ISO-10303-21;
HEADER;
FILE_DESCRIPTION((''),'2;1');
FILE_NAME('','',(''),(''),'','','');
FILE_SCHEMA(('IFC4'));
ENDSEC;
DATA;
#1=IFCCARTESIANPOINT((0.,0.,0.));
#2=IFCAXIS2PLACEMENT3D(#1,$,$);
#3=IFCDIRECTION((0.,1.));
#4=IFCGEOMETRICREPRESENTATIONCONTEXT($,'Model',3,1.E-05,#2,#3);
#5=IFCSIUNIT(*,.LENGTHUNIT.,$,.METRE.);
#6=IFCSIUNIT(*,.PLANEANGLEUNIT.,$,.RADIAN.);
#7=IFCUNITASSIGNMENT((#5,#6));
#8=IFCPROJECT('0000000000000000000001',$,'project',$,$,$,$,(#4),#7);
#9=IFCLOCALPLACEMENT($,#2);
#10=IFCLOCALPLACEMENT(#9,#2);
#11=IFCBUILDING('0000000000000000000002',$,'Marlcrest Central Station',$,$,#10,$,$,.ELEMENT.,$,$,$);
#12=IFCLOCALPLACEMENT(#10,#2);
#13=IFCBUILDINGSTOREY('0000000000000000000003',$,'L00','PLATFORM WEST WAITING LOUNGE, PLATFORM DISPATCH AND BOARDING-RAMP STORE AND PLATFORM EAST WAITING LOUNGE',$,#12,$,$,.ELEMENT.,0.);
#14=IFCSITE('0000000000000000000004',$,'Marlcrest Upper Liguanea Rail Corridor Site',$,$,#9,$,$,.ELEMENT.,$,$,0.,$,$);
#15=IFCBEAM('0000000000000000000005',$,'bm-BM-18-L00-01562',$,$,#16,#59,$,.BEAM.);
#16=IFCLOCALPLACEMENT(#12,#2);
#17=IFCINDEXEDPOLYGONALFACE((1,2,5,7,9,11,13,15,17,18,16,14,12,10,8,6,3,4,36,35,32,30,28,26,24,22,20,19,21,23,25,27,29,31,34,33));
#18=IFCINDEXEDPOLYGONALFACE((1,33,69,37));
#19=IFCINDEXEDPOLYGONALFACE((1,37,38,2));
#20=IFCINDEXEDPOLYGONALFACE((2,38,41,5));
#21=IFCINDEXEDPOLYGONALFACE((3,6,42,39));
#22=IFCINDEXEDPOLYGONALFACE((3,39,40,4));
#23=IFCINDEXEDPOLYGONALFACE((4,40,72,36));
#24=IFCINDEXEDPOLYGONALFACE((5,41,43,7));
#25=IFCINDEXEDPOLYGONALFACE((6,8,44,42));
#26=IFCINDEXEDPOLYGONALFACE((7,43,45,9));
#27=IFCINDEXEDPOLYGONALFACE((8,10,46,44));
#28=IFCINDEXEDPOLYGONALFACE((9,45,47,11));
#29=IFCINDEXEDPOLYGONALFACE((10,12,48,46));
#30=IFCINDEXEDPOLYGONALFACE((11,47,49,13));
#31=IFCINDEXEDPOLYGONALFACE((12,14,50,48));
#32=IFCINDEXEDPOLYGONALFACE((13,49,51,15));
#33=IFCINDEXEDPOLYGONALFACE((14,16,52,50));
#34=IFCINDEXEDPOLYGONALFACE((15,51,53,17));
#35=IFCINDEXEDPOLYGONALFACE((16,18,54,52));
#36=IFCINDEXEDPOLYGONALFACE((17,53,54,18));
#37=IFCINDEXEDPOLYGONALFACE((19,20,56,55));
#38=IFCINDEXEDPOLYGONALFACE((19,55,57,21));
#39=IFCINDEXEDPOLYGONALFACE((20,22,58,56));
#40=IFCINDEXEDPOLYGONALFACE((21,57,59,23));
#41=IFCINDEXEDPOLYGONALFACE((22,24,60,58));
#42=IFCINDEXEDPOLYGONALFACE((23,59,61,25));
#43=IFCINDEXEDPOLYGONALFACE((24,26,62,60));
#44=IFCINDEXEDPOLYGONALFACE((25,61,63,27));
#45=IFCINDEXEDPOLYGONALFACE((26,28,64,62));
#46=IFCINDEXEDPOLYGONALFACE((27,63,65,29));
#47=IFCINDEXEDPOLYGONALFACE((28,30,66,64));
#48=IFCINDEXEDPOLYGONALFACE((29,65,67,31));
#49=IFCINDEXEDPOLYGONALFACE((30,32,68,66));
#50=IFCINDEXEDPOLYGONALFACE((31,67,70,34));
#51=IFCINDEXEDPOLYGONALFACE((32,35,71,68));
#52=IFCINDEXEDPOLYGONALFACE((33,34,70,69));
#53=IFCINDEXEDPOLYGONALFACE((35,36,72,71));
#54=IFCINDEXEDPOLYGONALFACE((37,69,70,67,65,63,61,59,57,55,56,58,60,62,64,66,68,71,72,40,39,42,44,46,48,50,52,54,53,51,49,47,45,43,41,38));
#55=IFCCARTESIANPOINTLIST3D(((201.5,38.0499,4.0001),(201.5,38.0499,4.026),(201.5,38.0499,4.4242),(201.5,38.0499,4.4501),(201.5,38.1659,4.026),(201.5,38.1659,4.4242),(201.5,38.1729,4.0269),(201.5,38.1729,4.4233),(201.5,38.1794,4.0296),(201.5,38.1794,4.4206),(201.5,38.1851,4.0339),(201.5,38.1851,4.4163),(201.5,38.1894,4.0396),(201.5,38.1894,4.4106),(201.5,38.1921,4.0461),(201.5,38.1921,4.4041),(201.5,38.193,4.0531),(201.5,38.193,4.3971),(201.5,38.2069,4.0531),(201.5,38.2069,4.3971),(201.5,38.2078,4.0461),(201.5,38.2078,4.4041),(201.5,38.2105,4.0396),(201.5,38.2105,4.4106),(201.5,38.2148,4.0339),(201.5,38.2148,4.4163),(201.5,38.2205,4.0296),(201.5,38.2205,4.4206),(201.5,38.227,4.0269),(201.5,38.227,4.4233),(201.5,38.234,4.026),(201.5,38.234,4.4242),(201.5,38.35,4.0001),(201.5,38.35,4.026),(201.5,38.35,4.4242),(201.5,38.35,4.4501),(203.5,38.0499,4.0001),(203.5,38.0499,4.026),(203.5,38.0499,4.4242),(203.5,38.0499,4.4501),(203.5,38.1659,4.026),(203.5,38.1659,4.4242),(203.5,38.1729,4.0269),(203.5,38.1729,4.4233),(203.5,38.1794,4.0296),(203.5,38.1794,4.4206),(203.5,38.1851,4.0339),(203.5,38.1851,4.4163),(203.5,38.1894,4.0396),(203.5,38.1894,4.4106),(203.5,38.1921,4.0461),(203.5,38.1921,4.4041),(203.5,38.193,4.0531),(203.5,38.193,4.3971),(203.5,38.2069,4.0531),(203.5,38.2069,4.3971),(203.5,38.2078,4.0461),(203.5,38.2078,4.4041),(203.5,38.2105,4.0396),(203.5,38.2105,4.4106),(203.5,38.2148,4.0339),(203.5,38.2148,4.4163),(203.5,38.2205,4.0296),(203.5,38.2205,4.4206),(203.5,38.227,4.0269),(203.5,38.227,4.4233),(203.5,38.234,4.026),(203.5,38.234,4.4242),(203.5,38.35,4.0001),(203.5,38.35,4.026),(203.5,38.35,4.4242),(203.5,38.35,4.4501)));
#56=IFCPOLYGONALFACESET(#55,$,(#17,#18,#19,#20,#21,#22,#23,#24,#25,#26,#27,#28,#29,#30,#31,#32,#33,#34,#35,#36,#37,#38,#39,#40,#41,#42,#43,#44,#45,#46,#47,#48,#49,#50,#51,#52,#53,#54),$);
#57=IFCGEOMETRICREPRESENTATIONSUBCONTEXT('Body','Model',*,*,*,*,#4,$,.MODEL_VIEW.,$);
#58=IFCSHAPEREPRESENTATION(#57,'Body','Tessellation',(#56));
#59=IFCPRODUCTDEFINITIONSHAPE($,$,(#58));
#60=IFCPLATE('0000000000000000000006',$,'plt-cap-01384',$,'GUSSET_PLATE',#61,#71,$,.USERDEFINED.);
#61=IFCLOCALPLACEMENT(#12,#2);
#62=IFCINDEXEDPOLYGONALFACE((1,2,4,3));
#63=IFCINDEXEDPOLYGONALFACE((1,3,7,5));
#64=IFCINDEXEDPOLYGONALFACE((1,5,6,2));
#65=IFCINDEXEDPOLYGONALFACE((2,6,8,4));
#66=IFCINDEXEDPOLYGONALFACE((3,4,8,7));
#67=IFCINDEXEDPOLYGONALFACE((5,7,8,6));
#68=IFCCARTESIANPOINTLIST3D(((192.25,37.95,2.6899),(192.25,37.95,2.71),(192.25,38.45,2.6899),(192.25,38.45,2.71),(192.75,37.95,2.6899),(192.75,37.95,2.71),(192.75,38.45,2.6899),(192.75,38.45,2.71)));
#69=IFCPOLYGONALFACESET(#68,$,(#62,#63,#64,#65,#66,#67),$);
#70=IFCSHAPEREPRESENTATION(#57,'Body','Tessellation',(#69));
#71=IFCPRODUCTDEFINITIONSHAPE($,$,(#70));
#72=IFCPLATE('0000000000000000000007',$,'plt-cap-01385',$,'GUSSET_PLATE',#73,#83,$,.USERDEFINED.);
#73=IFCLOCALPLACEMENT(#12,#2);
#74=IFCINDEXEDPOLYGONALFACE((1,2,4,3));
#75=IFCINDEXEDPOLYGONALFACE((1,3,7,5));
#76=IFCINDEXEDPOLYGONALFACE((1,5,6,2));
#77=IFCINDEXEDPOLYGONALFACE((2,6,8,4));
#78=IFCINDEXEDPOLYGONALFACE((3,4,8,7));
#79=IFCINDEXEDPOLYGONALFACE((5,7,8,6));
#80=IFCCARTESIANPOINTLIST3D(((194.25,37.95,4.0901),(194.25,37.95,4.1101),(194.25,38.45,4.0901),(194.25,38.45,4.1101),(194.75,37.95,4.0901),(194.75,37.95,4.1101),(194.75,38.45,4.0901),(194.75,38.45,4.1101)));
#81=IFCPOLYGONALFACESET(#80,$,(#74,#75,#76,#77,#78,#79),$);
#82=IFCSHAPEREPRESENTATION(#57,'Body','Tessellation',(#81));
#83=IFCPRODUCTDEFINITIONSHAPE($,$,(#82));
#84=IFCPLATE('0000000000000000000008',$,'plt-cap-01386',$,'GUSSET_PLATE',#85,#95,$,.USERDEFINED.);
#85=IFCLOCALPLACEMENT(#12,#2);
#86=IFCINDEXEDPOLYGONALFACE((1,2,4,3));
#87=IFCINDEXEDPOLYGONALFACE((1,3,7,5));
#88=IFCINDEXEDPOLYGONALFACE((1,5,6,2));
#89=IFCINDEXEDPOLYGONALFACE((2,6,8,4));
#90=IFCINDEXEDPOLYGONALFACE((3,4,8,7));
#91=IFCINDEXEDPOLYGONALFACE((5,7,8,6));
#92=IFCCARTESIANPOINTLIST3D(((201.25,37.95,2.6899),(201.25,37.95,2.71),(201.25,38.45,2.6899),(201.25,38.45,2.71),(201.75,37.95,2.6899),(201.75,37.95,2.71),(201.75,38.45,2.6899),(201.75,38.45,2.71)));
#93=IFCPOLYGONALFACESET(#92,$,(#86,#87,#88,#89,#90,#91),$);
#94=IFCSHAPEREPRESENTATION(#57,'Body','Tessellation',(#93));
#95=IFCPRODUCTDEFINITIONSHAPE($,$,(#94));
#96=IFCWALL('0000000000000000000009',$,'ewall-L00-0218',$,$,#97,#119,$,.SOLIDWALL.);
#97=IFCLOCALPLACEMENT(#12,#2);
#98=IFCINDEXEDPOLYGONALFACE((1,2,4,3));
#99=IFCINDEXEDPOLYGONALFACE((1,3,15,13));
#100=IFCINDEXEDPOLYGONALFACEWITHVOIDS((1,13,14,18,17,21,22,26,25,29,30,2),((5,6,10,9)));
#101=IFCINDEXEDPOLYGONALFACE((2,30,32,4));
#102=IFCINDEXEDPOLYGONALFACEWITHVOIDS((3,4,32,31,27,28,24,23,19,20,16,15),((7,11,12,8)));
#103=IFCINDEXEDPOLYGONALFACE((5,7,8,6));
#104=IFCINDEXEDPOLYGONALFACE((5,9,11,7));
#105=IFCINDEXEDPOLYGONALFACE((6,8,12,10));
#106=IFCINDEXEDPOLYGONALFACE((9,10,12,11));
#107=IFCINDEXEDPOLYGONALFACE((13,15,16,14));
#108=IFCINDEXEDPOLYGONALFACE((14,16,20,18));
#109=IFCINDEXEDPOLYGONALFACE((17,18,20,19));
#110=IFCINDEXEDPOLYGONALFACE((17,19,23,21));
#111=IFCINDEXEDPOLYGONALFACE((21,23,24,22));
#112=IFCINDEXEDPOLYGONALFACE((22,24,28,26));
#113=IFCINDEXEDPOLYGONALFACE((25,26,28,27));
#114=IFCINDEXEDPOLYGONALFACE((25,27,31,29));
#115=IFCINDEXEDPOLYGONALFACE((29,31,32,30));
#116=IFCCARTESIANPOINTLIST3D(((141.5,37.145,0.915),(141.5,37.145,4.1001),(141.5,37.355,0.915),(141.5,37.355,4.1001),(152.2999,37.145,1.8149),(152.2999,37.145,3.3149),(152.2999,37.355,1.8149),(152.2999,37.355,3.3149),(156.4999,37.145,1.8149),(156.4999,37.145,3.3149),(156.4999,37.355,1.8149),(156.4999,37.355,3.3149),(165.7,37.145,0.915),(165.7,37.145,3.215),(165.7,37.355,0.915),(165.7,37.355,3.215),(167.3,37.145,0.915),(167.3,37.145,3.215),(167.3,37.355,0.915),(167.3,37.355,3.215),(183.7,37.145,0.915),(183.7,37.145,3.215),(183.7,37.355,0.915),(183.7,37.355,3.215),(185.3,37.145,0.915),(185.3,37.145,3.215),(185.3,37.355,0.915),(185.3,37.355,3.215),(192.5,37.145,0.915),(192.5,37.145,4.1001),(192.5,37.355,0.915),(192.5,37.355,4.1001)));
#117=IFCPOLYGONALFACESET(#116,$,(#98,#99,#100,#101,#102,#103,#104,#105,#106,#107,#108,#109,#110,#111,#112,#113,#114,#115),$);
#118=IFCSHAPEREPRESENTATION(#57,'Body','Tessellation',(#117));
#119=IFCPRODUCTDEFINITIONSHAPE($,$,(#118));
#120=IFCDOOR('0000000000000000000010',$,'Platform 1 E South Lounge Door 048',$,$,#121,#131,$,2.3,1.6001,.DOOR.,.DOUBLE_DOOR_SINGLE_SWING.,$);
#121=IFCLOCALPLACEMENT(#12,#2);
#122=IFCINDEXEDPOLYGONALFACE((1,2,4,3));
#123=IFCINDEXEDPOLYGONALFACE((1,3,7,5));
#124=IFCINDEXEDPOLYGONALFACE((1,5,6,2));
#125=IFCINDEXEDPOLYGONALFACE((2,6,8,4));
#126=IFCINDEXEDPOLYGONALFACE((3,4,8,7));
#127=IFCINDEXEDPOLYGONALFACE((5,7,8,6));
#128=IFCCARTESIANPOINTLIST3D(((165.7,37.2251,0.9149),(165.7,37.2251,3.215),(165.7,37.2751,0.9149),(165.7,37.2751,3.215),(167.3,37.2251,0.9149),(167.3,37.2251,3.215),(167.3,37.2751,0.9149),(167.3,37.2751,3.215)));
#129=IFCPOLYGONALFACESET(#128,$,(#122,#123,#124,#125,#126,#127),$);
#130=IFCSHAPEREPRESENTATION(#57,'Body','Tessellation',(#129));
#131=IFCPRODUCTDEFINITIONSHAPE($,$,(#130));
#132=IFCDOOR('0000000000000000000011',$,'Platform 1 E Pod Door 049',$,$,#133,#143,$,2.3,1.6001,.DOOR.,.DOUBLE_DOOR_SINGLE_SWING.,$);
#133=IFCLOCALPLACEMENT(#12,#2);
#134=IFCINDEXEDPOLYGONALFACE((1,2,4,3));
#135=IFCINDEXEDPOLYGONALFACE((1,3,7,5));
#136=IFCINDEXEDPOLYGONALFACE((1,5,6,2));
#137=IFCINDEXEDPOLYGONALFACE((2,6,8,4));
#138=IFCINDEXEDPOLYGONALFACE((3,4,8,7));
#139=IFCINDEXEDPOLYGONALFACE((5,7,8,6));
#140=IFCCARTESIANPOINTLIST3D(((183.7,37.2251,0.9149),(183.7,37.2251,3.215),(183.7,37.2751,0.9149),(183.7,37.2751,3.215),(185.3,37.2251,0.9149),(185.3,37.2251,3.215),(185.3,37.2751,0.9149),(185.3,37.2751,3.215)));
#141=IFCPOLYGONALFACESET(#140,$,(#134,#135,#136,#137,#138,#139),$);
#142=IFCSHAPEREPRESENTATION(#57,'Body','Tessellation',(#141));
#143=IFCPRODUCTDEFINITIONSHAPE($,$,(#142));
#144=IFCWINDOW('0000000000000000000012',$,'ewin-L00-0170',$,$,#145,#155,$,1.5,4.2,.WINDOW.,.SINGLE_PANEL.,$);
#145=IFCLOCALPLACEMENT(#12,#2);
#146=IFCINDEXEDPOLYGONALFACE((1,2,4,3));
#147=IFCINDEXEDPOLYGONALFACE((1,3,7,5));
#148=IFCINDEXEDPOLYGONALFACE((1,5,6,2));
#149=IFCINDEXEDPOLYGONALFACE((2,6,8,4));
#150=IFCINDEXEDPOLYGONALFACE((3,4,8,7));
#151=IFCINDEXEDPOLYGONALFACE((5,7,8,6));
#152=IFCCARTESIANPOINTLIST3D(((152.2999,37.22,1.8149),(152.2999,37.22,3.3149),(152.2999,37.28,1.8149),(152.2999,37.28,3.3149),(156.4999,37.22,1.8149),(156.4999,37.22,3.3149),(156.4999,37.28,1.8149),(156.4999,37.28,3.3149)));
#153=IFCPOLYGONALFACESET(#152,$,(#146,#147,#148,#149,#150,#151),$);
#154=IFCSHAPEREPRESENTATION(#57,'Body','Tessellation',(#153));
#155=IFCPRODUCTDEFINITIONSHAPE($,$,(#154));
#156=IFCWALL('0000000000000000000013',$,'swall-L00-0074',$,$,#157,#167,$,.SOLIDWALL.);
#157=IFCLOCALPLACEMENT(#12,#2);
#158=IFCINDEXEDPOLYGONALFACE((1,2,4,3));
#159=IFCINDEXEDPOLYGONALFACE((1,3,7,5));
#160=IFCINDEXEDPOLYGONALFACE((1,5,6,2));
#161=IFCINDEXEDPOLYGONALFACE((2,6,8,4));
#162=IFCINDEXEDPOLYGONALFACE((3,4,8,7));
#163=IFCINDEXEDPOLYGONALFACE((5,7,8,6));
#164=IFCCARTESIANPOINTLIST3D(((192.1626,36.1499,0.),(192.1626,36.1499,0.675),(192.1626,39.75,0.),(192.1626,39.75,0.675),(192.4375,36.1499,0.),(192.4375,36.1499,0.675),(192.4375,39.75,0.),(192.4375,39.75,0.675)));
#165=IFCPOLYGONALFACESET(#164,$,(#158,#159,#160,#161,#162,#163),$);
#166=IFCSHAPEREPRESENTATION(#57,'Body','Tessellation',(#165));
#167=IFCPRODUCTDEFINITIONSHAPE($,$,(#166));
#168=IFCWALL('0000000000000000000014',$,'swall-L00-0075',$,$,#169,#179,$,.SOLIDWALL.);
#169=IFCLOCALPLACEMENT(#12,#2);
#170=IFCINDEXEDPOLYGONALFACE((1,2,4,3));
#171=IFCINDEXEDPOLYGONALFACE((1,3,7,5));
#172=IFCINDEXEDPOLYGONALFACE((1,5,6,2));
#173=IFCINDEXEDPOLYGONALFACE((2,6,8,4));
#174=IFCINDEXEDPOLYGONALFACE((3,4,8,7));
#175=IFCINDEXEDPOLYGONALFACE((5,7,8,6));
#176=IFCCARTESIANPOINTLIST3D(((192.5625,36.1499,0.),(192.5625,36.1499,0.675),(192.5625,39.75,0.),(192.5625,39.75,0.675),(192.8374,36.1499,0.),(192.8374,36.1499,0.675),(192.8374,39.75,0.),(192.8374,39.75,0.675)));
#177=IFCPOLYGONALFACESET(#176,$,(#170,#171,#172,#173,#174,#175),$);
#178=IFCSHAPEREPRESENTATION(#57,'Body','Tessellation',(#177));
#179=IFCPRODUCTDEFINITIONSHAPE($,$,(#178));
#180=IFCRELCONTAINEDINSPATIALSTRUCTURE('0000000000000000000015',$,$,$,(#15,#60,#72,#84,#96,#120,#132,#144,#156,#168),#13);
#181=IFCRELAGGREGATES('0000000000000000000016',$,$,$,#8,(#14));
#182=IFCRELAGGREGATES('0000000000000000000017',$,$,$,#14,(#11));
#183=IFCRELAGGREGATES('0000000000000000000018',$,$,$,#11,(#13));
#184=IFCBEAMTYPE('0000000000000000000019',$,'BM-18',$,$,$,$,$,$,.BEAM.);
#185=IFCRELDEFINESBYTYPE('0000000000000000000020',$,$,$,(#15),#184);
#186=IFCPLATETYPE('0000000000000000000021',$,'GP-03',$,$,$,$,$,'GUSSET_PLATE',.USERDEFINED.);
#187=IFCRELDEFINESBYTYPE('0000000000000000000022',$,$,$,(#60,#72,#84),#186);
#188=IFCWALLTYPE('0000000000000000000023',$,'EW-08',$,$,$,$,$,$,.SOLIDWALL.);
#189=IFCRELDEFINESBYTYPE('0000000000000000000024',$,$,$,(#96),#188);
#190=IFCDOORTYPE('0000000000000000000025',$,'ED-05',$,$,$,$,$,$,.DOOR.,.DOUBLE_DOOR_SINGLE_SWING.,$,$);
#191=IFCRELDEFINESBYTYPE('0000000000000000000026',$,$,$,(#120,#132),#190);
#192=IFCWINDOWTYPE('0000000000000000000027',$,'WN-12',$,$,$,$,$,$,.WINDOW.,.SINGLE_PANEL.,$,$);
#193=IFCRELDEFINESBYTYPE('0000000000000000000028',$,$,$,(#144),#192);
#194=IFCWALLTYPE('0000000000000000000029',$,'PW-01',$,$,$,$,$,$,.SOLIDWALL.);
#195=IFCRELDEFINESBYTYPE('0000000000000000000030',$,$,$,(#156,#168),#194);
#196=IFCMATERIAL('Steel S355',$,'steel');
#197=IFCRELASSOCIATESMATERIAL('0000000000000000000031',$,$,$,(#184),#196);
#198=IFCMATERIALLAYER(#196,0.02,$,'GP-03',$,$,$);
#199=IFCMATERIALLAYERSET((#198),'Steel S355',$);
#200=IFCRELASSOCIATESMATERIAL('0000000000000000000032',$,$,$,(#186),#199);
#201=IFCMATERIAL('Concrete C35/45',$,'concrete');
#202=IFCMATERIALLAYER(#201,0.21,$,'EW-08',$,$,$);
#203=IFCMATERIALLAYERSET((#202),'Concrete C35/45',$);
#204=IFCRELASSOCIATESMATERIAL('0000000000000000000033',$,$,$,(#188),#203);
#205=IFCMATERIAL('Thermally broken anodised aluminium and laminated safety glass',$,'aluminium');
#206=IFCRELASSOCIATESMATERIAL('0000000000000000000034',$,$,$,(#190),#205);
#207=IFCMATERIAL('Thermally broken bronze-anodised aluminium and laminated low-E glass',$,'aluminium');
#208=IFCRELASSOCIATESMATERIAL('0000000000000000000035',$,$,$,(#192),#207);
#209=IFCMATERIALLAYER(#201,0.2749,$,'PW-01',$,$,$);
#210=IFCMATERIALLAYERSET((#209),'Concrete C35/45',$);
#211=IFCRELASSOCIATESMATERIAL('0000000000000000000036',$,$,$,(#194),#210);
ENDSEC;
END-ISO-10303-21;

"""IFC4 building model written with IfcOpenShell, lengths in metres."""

from ifc_helpers import new_model, si_unit, direction, frame, frame_2d, origin, origin_2d, place, context, subcontext, project, spatial, rectangle, i_section, extrude, material, layer, layer_set, material_profile, profile_set, type_object, element, fill, save


model = new_model("IFC4")

# Units and contexts
model_context = context("Model", 3, precision=1e-05, world=origin(), true_north=direction((0.0, 1.0)))
body_context = subcontext(model_context, "Body", "Model", "MODEL_VIEW")
ifc_project = project(units=[si_unit("LENGTHUNIT", "METRE"), si_unit("PLANEANGLEUNIT", "RADIAN")], contexts=[model_context])

# Site, building, storey
site_placement = place(None, origin())
site = spatial("IfcSite", under=ifc_project, at=site_placement, Name="Marlcrest Upper Liguanea Rail Corridor Site", CompositionType="ELEMENT", RefElevation=0.0)
building_placement = place(site_placement, origin())
building = spatial("IfcBuilding", under=site, at=building_placement, Name="Marlcrest Central Station", CompositionType="ELEMENT")
storey_placement = place(building_placement, origin())
storey = spatial("IfcBuildingStorey", under=building, at=storey_placement, Name="L00", Description="PLATFORM WEST WAITING LOUNGE, PLATFORM DISPATCH AND BOARDING-RAMP STORE AND PLATFORM EAST WAITING LOUNGE", CompositionType="ELEMENT", Elevation=0.0)

# Shared definitions
ifc_material_1 = material(Name="Concrete C35/45", Category="concrete")

# Shared definitions
ifc_material_2 = material(Name="Steel S355", Category="steel")

# Beam
ifc_material_profile_1 = material_profile(ifc_material_2, i_section(OverallWidth=0.3, OverallDepth=0.45, WebThickness=0.0139, FlangeThickness=0.0259, FilletRadius=0.0271, at=origin_2d()), Name="HEB 450")
ifc_profile_set_1 = profile_set([ifc_material_profile_1], Name="Steel S355")
beam_type_1 = type_object("IfcBeamType", Name="BM-18", PredefinedType="BEAM", material=ifc_profile_set_1)
beam_1_placement = place(storey_placement, frame((201.5, 38.2, 4.2251), z_axis=(1.0, 0.0, 0.0), x_axis=(0.0, 1.0, 0.0)))
element("IfcBeam", 1, at=beam_1_placement, inside=storey, type_object=beam_type_1, Name="bm-BM-18-L00-01562", PredefinedType="BEAM", context=body_context, shape_type="SweptSolid", body=[
    extrude(i_section(OverallWidth=0.3, OverallDepth=0.45, WebThickness=0.0139, FlangeThickness=0.0259, FilletRadius=0.0271, at=origin_2d()), origin(), (0.0, 0.0, 1.0), 2.0),
])

# Plates
ifc_layer_1 = layer(ifc_material_2, 0.02, Name="GP-03")
ifc_layer_set_1 = layer_set([ifc_layer_1], Name="Steel S355")
plate_type = type_object("IfcPlateType", Name="GP-03", ElementType="GUSSET_PLATE", PredefinedType="USERDEFINED", material=ifc_layer_set_1)
for number, where, z_axis, x_axis, name in (
    (2, (192.5, 38.2, 2.6899), (0.0, 0.0, 1.0), (1.0, 0.0, 0.0), "plt-cap-01384"),
    (3, (194.5, 38.2, 4.0901), (0.0, 0.0, 1.0), (1.0, 0.0, 0.0), "plt-cap-01385"),
    (4, (201.5, 38.2, 2.6899), (0.0, 0.0, 1.0), (1.0, 0.0, 0.0), "plt-cap-01386"),
):
    element("IfcPlate", number, at=place(storey_placement, frame(where, z_axis=z_axis, x_axis=x_axis)), inside=storey, type_object=plate_type, Name=name, ObjectType="GUSSET_PLATE", PredefinedType="USERDEFINED", context=body_context, shape_type="SweptSolid", body=[
        extrude(rectangle(XDim=0.5, YDim=0.5, at=origin_2d()), origin(), (0.0, 0.0, 1.0), 0.02),
    ])

# Wall, openings, doors, window
ifc_layer_2 = layer(ifc_material_1, 0.21, Name="EW-08")
ifc_layer_set_2 = layer_set([ifc_layer_2], Name="Concrete C35/45")
wall_type_1 = type_object("IfcWallType", Name="EW-08", PredefinedType="SOLIDWALL", material=ifc_layer_set_2)
wall_placement = place(storey_placement, frame((192.5, 37.25, 0.915), z_axis=(0.0, 0.0, 1.0), x_axis=(-1.0, 0.0, 0.0)))
wall = element("IfcWall", 5, at=wall_placement, inside=storey, type_object=wall_type_1, Name="ewall-L00-0218", PredefinedType="SOLIDWALL", context=body_context, shape_type="SweptSolid", body=[
    extrude(rectangle(XDim=51.0, YDim=0.21, at=frame_2d((25.5, 0.0))), origin(), (0.0, 0.0, 1.0), 3.1851),
])
opening_1_placement = place(wall_placement, frame((25.2, 0.0, 0.0)))
opening_1 = element("IfcOpeningElement", 6, at=opening_1_placement, cuts=wall, PredefinedType="OPENING", context=body_context, shape_type="SweptSolid", body=[
    extrude(rectangle(XDim=1.6001, YDim=2.3, at=frame_2d((0.8, 1.1499))), frame((0.0, 0.115, 0.0), z_axis=(0.0, -1.0, 0.0), x_axis=(1.0, 0.0, 0.0)), (0.0, 0.0, 1.0), 0.23),
])
opening_2_placement = place(wall_placement, frame((7.2, 0.0, 0.0)))
opening_2 = element("IfcOpeningElement", 7, at=opening_2_placement, cuts=wall, PredefinedType="OPENING", context=body_context, shape_type="SweptSolid", body=[
    extrude(rectangle(XDim=1.6001, YDim=2.3, at=frame_2d((0.8, 1.1499))), frame((0.0, 0.115, 0.0), z_axis=(0.0, -1.0, 0.0), x_axis=(1.0, 0.0, 0.0)), (0.0, 0.0, 1.0), 0.23),
])
opening_3_placement = place(wall_placement, frame((36.0, 0.0, 0.8999)))
opening_3 = element("IfcOpeningElement", 8, at=opening_3_placement, cuts=wall, PredefinedType="OPENING", context=body_context, shape_type="SweptSolid", body=[
    extrude(rectangle(XDim=4.2, YDim=1.5, at=frame_2d((2.1001, 0.75))), frame((0.0, 0.115, 0.0), z_axis=(0.0, -1.0, 0.0), x_axis=(1.0, 0.0, 0.0)), (0.0, 0.0, 1.0), 0.23),
])
ifc_material_3 = material(Name="Thermally broken anodised aluminium and laminated safety glass", Category="aluminium")
door_type = type_object("IfcDoorType", Name="ED-05", OperationType="DOUBLE_DOOR_SINGLE_SWING", PredefinedType="DOOR", material=ifc_material_3)
door_1_placement = place(opening_1_placement, origin())
door_1 = element("IfcDoor", 9, at=door_1_placement, inside=storey, type_object=door_type, Name="Platform 1 E South Lounge Door 048", OperationType="DOUBLE_DOOR_SINGLE_SWING", OverallHeight=2.3, OverallWidth=1.6001, PredefinedType="DOOR", context=body_context, shape_type="SweptSolid", body=[
    extrude(rectangle(XDim=1.6001, YDim=2.3, at=frame_2d((0.8, 1.1499))), frame((0.0, 0.0249, 0.0), z_axis=(0.0, -1.0, 0.0), x_axis=(1.0, 0.0, 0.0)), (0.0, 0.0, 1.0), 0.05),
])
fill(opening_1, door_1)
door_2_placement = place(opening_2_placement, origin())
door_2 = element("IfcDoor", 10, at=door_2_placement, inside=storey, type_object=door_type, Name="Platform 1 E Pod Door 049", OperationType="DOUBLE_DOOR_SINGLE_SWING", OverallHeight=2.3, OverallWidth=1.6001, PredefinedType="DOOR", context=body_context, shape_type="SweptSolid", body=[
    extrude(rectangle(XDim=1.6001, YDim=2.3, at=frame_2d((0.8, 1.1499))), frame((0.0, 0.0249, 0.0), z_axis=(0.0, -1.0, 0.0), x_axis=(1.0, 0.0, 0.0)), (0.0, 0.0, 1.0), 0.05),
])
fill(opening_2, door_2)
ifc_material_4 = material(Name="Thermally broken bronze-anodised aluminium and laminated low-E glass", Category="aluminium")
window_type = type_object("IfcWindowType", Name="WN-12", PartitioningType="SINGLE_PANEL", PredefinedType="WINDOW", material=ifc_material_4)
window_placement = place(opening_3_placement, origin())
window = element("IfcWindow", 11, at=window_placement, inside=storey, type_object=window_type, Name="ewin-L00-0170", OverallHeight=1.5, OverallWidth=4.2, PartitioningType="SINGLE_PANEL", PredefinedType="WINDOW", context=body_context, shape_type="SweptSolid", body=[
    extrude(rectangle(XDim=4.2, YDim=1.5, at=frame_2d((2.1001, 0.75))), frame((0.0, 0.03, 0.0), z_axis=(0.0, -1.0, 0.0), x_axis=(1.0, 0.0, 0.0)), (0.0, 0.0, 1.0), 0.0601),
])
fill(opening_3, window)

# Walls
ifc_layer_3 = layer(ifc_material_1, 0.2749, Name="PW-01")
ifc_layer_set_3 = layer_set([ifc_layer_3], Name="Concrete C35/45")
wall_type_2 = type_object("IfcWallType", Name="PW-01", PredefinedType="SOLIDWALL", material=ifc_layer_set_3)
for number, where, z_axis, x_axis, name in (
    (12, (192.3, 36.1499, 0.0), (0.0, 0.0, 1.0), (0.0, 1.0, 0.0), "swall-L00-0074"),
    (13, (192.7, 36.1499, 0.0), (0.0, 0.0, 1.0), (0.0, 1.0, 0.0), "swall-L00-0075"),
):
    element("IfcWall", number, at=place(storey_placement, frame(where, z_axis=z_axis, x_axis=x_axis)), inside=storey, type_object=wall_type_2, Name=name, PredefinedType="SOLIDWALL", context=body_context, shape_type="SweptSolid", body=[
        extrude(rectangle(XDim=3.6001, YDim=0.2749, at=frame_2d((1.8, 0.0))), origin(), (0.0, 0.0, 1.0), 0.675),
    ])

save(model, "model.ifc")
